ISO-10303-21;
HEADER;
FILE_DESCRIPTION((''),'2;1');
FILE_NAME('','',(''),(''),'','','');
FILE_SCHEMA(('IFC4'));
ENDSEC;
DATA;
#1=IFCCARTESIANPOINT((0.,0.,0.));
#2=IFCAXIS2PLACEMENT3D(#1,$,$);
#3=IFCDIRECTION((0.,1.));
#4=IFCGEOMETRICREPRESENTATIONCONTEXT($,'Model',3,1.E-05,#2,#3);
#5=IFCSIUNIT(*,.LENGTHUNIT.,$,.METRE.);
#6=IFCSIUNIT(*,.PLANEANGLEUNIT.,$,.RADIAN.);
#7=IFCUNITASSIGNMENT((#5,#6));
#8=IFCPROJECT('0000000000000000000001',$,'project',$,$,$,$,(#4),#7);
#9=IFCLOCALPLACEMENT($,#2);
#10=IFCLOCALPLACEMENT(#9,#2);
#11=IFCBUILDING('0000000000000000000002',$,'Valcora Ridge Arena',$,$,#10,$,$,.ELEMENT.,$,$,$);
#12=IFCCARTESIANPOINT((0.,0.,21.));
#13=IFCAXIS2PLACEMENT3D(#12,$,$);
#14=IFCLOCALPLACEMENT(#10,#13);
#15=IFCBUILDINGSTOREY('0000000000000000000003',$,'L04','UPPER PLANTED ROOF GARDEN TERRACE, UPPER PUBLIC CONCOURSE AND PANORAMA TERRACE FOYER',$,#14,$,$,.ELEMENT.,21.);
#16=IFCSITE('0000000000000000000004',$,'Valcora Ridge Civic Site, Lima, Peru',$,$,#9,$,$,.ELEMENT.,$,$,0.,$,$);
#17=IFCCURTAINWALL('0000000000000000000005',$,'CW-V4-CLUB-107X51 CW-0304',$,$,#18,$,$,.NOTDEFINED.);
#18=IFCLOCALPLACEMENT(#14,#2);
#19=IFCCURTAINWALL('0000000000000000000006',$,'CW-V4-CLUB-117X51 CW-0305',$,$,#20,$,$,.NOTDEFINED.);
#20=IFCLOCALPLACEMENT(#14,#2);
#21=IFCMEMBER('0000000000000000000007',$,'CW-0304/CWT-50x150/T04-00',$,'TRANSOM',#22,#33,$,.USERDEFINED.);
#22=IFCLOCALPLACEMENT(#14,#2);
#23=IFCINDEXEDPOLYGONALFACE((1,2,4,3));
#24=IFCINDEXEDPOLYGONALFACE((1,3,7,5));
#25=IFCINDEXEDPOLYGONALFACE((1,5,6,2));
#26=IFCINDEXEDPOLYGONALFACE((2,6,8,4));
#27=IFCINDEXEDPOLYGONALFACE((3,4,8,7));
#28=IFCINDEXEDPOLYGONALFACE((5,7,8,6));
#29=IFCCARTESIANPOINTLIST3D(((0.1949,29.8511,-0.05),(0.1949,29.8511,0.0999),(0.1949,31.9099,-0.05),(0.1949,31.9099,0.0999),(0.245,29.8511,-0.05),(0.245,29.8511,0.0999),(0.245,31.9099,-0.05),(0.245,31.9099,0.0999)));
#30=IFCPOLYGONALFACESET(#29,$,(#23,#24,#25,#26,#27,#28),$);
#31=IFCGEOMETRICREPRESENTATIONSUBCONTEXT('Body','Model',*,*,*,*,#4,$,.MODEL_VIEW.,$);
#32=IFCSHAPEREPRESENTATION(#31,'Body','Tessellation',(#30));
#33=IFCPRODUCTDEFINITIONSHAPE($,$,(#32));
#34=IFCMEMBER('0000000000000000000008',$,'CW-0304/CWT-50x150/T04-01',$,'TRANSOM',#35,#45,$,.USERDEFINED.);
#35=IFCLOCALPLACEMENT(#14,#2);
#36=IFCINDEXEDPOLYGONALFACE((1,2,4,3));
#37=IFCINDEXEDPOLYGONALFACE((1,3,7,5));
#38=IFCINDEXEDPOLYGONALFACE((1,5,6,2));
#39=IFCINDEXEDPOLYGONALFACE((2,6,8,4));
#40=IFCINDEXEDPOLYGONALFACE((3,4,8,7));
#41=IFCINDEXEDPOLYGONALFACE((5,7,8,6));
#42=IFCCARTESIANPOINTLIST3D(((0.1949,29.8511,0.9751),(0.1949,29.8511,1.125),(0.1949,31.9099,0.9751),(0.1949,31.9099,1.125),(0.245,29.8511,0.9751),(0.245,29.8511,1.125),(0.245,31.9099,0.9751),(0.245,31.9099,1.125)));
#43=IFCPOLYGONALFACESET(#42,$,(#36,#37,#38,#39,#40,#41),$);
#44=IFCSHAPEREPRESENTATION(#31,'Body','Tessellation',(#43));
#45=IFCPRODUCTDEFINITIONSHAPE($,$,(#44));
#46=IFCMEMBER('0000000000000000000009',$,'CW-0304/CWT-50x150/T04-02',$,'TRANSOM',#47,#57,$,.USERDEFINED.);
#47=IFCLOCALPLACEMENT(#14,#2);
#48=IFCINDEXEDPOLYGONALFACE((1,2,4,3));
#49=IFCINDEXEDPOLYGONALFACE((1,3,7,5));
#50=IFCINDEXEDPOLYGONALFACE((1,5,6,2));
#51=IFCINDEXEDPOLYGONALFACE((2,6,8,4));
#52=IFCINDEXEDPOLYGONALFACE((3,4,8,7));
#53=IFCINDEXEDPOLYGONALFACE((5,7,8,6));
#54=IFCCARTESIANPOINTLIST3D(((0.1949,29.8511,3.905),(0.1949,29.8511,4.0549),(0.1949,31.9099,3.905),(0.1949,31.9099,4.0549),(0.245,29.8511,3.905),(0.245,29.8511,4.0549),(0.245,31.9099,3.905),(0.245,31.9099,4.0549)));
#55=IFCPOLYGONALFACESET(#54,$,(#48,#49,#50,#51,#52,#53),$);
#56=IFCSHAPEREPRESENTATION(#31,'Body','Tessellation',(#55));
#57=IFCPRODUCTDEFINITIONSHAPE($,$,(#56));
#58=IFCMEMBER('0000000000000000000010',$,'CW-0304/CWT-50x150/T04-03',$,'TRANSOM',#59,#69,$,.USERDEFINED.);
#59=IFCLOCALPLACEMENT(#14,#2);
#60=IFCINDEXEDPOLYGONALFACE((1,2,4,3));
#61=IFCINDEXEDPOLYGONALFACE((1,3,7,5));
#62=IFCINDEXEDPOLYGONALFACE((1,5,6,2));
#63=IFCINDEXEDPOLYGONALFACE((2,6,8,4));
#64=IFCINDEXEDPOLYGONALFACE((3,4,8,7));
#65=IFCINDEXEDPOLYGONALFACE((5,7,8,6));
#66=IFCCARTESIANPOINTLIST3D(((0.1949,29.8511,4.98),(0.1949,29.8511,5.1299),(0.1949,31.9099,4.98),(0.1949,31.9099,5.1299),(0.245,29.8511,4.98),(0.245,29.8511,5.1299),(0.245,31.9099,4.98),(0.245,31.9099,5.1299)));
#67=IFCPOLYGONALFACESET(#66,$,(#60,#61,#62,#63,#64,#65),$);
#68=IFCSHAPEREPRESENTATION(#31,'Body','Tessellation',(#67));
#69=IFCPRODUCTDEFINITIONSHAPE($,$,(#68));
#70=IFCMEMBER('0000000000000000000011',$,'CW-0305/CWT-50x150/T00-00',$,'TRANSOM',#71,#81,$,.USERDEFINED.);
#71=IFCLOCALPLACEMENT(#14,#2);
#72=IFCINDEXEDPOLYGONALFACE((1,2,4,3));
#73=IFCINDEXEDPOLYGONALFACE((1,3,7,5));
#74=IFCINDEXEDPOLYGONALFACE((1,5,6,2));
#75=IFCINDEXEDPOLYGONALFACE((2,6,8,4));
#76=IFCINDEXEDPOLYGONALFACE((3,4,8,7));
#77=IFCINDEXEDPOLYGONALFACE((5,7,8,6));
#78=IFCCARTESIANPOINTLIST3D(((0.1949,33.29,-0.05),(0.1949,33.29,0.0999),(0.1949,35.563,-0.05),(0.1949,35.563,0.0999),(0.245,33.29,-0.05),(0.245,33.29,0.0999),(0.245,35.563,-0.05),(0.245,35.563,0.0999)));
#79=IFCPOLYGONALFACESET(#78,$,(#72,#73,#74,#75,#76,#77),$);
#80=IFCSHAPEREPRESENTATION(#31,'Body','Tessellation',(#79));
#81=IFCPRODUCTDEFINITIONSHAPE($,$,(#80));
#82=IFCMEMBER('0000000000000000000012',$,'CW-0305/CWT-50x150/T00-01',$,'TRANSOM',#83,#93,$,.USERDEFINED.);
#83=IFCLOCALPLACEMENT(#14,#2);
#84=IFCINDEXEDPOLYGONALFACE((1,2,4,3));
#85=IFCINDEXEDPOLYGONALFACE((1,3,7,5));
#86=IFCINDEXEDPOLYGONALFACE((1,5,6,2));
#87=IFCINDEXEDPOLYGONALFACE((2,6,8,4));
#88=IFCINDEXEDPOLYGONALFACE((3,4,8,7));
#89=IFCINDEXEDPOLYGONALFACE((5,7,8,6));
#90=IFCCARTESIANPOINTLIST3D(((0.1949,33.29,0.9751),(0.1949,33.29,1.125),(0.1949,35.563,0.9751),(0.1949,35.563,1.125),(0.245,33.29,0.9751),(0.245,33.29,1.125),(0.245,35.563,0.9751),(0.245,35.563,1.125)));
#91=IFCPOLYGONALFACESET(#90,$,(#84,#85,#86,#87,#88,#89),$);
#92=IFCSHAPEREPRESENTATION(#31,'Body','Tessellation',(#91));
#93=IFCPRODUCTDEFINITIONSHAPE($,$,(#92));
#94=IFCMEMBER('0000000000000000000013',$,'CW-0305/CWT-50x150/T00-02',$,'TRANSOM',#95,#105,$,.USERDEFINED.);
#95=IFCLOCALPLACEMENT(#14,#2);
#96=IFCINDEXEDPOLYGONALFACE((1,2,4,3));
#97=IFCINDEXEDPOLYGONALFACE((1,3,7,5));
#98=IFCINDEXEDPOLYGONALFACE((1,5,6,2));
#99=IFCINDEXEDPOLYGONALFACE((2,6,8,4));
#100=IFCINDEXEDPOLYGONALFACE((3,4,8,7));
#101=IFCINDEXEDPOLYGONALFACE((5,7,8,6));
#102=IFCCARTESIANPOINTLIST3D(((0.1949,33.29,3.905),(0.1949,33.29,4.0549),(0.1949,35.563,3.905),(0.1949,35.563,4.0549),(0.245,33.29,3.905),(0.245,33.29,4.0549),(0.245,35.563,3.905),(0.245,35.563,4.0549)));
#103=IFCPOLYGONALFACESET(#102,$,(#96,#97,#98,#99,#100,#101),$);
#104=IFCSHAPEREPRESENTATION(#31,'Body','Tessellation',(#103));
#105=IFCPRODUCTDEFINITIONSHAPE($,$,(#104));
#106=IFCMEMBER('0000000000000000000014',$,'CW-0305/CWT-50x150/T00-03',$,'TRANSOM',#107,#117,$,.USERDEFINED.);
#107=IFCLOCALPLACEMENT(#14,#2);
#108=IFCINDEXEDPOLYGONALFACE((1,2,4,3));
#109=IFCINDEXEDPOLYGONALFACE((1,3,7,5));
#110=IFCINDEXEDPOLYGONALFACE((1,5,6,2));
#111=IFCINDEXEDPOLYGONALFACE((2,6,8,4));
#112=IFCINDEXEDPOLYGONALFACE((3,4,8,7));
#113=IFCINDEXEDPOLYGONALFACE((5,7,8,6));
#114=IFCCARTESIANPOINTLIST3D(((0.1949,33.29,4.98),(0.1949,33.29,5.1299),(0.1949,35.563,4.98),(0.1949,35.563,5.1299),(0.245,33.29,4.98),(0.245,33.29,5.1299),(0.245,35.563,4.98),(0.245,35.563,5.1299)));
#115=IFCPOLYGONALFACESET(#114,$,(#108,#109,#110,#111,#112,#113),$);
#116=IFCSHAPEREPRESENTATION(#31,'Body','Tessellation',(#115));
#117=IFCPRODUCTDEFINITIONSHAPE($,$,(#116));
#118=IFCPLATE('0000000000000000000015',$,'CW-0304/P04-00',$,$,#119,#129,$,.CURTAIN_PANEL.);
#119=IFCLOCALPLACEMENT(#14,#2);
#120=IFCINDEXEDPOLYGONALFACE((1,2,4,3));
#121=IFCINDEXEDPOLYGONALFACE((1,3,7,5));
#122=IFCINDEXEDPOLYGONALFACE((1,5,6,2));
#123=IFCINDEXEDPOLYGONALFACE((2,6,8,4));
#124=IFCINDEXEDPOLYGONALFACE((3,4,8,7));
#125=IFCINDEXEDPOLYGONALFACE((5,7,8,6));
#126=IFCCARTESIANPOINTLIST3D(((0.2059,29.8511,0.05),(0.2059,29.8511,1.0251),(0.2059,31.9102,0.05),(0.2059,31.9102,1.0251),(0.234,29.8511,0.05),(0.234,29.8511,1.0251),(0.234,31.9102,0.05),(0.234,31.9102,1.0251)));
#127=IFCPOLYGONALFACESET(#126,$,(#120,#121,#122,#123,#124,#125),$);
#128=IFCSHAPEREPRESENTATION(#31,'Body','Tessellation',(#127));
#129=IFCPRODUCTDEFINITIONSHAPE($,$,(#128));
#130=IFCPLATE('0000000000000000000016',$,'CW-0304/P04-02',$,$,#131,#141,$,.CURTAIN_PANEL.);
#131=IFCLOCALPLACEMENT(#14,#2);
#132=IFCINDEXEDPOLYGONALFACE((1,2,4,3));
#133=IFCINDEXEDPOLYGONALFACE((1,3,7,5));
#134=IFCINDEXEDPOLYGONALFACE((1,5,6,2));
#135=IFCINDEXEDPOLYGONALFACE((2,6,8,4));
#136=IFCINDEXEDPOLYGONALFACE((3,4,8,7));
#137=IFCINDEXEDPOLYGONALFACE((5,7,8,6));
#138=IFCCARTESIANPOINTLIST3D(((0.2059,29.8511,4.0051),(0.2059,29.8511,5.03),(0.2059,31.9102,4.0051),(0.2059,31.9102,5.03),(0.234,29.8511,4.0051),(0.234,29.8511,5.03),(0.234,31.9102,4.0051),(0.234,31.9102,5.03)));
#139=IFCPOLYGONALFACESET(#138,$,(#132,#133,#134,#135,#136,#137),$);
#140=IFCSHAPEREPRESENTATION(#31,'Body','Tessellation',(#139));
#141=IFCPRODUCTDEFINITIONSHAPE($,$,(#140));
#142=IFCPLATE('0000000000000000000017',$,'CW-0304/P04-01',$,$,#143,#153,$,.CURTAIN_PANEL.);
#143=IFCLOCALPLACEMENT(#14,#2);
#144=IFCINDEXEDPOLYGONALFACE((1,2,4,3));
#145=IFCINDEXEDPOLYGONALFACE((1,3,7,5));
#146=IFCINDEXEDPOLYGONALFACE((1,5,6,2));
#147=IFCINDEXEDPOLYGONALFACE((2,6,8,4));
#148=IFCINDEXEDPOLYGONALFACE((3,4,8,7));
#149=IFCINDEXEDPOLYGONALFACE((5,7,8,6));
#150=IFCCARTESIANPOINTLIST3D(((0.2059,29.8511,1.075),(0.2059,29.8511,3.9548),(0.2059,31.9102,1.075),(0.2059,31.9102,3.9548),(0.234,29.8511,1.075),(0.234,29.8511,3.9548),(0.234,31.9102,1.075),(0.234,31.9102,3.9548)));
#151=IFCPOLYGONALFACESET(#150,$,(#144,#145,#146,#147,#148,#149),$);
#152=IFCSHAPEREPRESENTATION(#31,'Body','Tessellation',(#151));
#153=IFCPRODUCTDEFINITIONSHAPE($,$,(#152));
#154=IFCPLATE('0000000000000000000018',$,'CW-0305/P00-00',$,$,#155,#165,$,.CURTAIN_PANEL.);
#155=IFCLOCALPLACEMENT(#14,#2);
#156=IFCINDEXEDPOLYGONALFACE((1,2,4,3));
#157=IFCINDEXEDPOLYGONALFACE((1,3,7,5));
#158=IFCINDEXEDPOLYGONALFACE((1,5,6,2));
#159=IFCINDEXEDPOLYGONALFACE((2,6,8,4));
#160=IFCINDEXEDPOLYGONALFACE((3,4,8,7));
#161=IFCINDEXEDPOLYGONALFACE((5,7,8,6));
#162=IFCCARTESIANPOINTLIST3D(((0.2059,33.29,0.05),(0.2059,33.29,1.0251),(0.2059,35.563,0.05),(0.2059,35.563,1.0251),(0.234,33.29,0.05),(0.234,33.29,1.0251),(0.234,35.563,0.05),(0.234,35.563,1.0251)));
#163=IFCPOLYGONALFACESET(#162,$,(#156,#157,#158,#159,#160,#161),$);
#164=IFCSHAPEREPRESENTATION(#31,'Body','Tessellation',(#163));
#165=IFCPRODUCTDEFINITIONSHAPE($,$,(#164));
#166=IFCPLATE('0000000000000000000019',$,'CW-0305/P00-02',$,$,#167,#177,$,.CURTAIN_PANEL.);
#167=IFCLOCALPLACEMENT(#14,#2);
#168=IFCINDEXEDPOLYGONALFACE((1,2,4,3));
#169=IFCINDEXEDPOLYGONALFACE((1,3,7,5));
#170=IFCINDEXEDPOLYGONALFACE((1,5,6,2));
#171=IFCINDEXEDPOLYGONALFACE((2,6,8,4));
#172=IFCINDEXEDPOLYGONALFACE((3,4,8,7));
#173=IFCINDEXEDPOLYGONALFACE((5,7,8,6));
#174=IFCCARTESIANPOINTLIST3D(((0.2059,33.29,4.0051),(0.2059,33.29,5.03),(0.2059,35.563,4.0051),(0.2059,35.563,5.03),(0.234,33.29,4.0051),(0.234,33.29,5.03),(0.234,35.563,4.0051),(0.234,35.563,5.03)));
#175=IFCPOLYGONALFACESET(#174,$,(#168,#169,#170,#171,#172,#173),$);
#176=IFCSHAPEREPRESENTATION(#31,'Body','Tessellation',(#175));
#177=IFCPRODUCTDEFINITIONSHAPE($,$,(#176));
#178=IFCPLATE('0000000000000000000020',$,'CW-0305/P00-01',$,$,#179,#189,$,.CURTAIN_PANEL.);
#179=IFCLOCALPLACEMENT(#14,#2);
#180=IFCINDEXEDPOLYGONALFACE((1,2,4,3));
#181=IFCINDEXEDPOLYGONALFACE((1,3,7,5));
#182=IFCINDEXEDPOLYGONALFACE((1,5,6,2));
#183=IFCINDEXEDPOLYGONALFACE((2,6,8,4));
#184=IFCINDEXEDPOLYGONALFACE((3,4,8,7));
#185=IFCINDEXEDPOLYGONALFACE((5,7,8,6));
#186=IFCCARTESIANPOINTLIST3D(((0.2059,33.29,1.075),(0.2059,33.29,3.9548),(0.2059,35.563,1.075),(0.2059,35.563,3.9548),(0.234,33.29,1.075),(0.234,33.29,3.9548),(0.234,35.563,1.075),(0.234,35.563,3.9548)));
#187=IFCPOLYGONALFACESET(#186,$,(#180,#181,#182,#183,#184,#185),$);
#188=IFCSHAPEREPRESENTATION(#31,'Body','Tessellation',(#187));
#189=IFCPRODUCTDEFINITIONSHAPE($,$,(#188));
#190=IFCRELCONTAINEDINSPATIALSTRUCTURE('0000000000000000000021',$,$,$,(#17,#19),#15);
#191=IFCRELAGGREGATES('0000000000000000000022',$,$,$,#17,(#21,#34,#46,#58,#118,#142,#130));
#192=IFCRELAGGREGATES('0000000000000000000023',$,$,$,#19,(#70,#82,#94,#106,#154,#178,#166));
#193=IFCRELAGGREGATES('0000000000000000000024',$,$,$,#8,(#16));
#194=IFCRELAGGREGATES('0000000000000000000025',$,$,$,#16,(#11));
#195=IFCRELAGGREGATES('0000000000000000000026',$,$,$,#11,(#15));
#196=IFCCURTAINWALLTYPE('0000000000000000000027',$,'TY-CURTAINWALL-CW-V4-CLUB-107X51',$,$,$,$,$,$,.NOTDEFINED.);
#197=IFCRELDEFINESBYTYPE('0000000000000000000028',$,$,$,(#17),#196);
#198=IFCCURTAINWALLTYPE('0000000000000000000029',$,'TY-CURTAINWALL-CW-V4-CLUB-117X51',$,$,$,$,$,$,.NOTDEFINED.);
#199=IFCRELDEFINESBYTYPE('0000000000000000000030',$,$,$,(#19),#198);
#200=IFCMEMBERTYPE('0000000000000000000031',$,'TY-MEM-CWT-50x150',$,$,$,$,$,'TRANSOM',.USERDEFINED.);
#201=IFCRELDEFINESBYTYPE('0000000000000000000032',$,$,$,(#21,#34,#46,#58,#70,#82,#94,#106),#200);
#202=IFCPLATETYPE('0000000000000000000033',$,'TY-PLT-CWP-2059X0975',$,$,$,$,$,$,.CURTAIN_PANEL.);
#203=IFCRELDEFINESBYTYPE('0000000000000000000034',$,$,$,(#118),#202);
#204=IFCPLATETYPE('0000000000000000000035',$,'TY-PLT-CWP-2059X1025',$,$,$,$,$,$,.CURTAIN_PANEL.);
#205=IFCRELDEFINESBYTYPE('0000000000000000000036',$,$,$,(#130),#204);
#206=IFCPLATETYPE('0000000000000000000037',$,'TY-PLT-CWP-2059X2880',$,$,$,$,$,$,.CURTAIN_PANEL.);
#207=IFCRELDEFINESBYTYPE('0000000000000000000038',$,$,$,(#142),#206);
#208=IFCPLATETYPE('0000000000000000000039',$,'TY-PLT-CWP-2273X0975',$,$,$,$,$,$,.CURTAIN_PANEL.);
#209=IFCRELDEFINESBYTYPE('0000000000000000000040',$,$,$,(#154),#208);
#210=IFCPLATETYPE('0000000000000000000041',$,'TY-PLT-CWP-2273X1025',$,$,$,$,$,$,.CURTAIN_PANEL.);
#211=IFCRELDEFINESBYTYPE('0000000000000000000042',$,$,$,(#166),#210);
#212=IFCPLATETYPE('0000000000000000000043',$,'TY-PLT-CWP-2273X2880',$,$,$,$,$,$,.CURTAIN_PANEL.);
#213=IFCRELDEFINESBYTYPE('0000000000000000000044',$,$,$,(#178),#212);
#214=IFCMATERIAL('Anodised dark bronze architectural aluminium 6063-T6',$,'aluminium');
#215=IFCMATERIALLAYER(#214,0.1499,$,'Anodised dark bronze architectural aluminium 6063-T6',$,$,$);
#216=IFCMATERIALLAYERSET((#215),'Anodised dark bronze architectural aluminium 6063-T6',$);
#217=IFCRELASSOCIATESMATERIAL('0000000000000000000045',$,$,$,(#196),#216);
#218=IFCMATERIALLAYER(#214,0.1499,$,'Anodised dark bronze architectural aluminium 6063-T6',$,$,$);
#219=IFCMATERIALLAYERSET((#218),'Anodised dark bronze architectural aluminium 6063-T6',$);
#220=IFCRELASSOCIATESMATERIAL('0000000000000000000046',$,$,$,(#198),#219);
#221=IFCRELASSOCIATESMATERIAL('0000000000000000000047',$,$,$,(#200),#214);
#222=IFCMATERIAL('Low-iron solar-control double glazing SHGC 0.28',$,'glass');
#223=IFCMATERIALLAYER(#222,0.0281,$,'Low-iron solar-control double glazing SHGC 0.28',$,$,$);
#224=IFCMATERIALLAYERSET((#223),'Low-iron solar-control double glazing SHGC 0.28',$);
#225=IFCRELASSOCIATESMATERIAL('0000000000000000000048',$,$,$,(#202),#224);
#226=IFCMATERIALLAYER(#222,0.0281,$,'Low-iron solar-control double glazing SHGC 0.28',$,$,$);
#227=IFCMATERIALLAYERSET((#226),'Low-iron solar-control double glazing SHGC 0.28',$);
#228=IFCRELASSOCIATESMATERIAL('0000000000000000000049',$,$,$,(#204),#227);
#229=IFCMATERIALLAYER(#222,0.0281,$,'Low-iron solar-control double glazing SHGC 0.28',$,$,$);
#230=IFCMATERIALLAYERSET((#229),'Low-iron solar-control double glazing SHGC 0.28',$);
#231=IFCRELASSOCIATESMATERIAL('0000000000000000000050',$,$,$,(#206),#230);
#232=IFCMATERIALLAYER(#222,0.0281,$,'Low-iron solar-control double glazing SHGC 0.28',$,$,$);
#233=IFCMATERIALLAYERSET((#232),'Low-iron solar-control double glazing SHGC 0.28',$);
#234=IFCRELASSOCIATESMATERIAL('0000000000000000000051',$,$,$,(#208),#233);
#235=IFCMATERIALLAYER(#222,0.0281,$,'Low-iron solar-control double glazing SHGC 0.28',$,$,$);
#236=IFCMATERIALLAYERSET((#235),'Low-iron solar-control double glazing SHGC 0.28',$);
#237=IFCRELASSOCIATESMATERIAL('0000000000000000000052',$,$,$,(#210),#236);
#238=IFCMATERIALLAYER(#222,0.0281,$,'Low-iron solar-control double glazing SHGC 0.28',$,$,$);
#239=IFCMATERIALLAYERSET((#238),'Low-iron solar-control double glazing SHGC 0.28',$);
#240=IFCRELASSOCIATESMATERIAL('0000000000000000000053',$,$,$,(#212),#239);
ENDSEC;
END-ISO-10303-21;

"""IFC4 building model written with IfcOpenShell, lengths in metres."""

from ifc_helpers import new_model, si_unit, direction, frame, origin, origin_2d, place, context, subcontext, project, spatial, rectangle, extrude, material, layer, layer_set, material_profile, profile_set, type_object, element, aggregate, save


model = new_model("IFC4")

# Units and contexts
model_context = context("Model", 3, precision=1e-05, world=origin(), true_north=direction((0.0, 1.0)))
body_context = subcontext(model_context, "Body", "Model", "MODEL_VIEW")
ifc_project = project(units=[si_unit("LENGTHUNIT", "METRE"), si_unit("PLANEANGLEUNIT", "RADIAN")], contexts=[model_context])

# Site, building, storey
site_placement = place(None, origin())
site = spatial("IfcSite", under=ifc_project, at=site_placement, Name="Valcora Ridge Civic Site, Lima, Peru", CompositionType="ELEMENT", RefElevation=0.0)
building_placement = place(site_placement, origin())
building = spatial("IfcBuilding", under=site, at=building_placement, Name="Valcora Ridge Arena", CompositionType="ELEMENT")
storey_placement = place(building_placement, frame((0.0, 0.0, 21.0)))
storey = spatial("IfcBuildingStorey", under=building, at=storey_placement, Name="L04", Description="UPPER PLANTED ROOF GARDEN TERRACE, UPPER PUBLIC CONCOURSE AND PANORAMA TERRACE FOYER", CompositionType="ELEMENT", Elevation=21.0)

# Curtain wall
ifc_material_1 = material(Name="Anodised dark bronze architectural aluminium 6063-T6", Category="aluminium")
ifc_layer_1 = layer(ifc_material_1, 0.1499, Name="Anodised dark bronze architectural aluminium 6063-T6")
ifc_layer_set_1 = layer_set([ifc_layer_1], Name="Anodised dark bronze architectural aluminium 6063-T6")
curtain_wall_type_1 = type_object("IfcCurtainWallType", Name="TY-CURTAINWALL-CW-V4-CLUB-107X51", PredefinedType="NOTDEFINED", material=ifc_layer_set_1)
curtain_wall_1_placement = place(storey_placement, origin())
curtain_wall_1 = element("IfcCurtainWall", 1, at=curtain_wall_1_placement, inside=storey, type_object=curtain_wall_type_1, Name="CW-V4-CLUB-107X51 CW-0304", PredefinedType="NOTDEFINED")

# Curtain wall
ifc_layer_2 = layer(ifc_material_1, 0.1499, Name="Anodised dark bronze architectural aluminium 6063-T6")
ifc_layer_set_2 = layer_set([ifc_layer_2], Name="Anodised dark bronze architectural aluminium 6063-T6")
curtain_wall_type_2 = type_object("IfcCurtainWallType", Name="TY-CURTAINWALL-CW-V4-CLUB-117X51", PredefinedType="NOTDEFINED", material=ifc_layer_set_2)
curtain_wall_2_placement = place(storey_placement, origin())
curtain_wall_2 = element("IfcCurtainWall", 2, at=curtain_wall_2_placement, inside=storey, type_object=curtain_wall_type_2, Name="CW-V4-CLUB-117X51 CW-0305", PredefinedType="NOTDEFINED")

# Members
ifc_material_profile_1 = material_profile(ifc_material_1, rectangle(XDim=0.05, YDim=0.1499, at=origin_2d()), Name="ALU TRANSOM 50x150")
ifc_profile_set_1 = profile_set([ifc_material_profile_1], Name="Anodised dark bronze architectural aluminium 6063-T6")
member_type_1 = type_object("IfcMemberType", Name="TY-MEM-CWT-50x150", ElementType="TRANSOM", PredefinedType="USERDEFINED", material=ifc_profile_set_1)
member_1_placement = place(storey_placement, frame((0.22, 29.8511, 0.0249), z_axis=(0.0, 1.0, 0.0), x_axis=(-1.0, 0.0, 0.0)))
member_1 = element("IfcMember", 3, at=member_1_placement, type_object=member_type_1, Name="CW-0304/CWT-50x150/T04-00", ObjectType="TRANSOM", PredefinedType="USERDEFINED", context=body_context, shape_type="SweptSolid", body=[
    extrude(rectangle(XDim=0.05, YDim=0.1499, at=origin_2d()), origin(), (0.0, 0.0, 1.0), 2.0588),
])
member_2_placement = place(storey_placement, frame((0.22, 29.8511, 1.05), z_axis=(0.0, 1.0, 0.0), x_axis=(-1.0, 0.0, 0.0)))
member_2 = element("IfcMember", 4, at=member_2_placement, type_object=member_type_1, Name="CW-0304/CWT-50x150/T04-01", ObjectType="TRANSOM", PredefinedType="USERDEFINED", context=body_context, shape_type="SweptSolid", body=[
    extrude(rectangle(XDim=0.05, YDim=0.1499, at=origin_2d()), origin(), (0.0, 0.0, 1.0), 2.0588),
])
member_3_placement = place(storey_placement, frame((0.22, 29.8511, 3.98), z_axis=(0.0, 1.0, 0.0), x_axis=(-1.0, 0.0, 0.0)))
member_3 = element("IfcMember", 5, at=member_3_placement, type_object=member_type_1, Name="CW-0304/CWT-50x150/T04-02", ObjectType="TRANSOM", PredefinedType="USERDEFINED", context=body_context, shape_type="SweptSolid", body=[
    extrude(rectangle(XDim=0.05, YDim=0.1499, at=origin_2d()), origin(), (0.0, 0.0, 1.0), 2.0588),
])
member_4_placement = place(storey_placement, frame((0.22, 29.8511, 5.0549), z_axis=(0.0, 1.0, 0.0), x_axis=(-1.0, 0.0, 0.0)))
member_4 = element("IfcMember", 6, at=member_4_placement, type_object=member_type_1, Name="CW-0304/CWT-50x150/T04-03", ObjectType="TRANSOM", PredefinedType="USERDEFINED", context=body_context, shape_type="SweptSolid", body=[
    extrude(rectangle(XDim=0.05, YDim=0.1499, at=origin_2d()), origin(), (0.0, 0.0, 1.0), 2.0588),
])
member_5_placement = place(storey_placement, frame((0.22, 33.29, 0.0249), z_axis=(0.0, 1.0, 0.0), x_axis=(-1.0, 0.0, 0.0)))
member_5 = element("IfcMember", 7, at=member_5_placement, type_object=member_type_1, Name="CW-0305/CWT-50x150/T00-00", ObjectType="TRANSOM", PredefinedType="USERDEFINED", context=body_context, shape_type="SweptSolid", body=[
    extrude(rectangle(XDim=0.05, YDim=0.1499, at=origin_2d()), origin(), (0.0, 0.0, 1.0), 2.2729),
])
member_6_placement = place(storey_placement, frame((0.22, 33.29, 1.05), z_axis=(0.0, 1.0, 0.0), x_axis=(-1.0, 0.0, 0.0)))
member_6 = element("IfcMember", 8, at=member_6_placement, type_object=member_type_1, Name="CW-0305/CWT-50x150/T00-01", ObjectType="TRANSOM", PredefinedType="USERDEFINED", context=body_context, shape_type="SweptSolid", body=[
    extrude(rectangle(XDim=0.05, YDim=0.1499, at=origin_2d()), origin(), (0.0, 0.0, 1.0), 2.2729),
])
member_7_placement = place(storey_placement, frame((0.22, 33.29, 3.98), z_axis=(0.0, 1.0, 0.0), x_axis=(-1.0, 0.0, 0.0)))
member_7 = element("IfcMember", 9, at=member_7_placement, type_object=member_type_1, Name="CW-0305/CWT-50x150/T00-02", ObjectType="TRANSOM", PredefinedType="USERDEFINED", context=body_context, shape_type="SweptSolid", body=[
    extrude(rectangle(XDim=0.05, YDim=0.1499, at=origin_2d()), origin(), (0.0, 0.0, 1.0), 2.2729),
])
member_8_placement = place(storey_placement, frame((0.22, 33.29, 5.0549), z_axis=(0.0, 1.0, 0.0), x_axis=(-1.0, 0.0, 0.0)))
member_8 = element("IfcMember", 10, at=member_8_placement, type_object=member_type_1, Name="CW-0305/CWT-50x150/T00-03", ObjectType="TRANSOM", PredefinedType="USERDEFINED", context=body_context, shape_type="SweptSolid", body=[
    extrude(rectangle(XDim=0.05, YDim=0.1499, at=origin_2d()), origin(), (0.0, 0.0, 1.0), 2.2729),
])

# Plates
ifc_material_2 = material(Name="Low-iron solar-control double glazing SHGC 0.28", Category="glass")
ifc_layer_3 = layer(ifc_material_2, 0.0281, Name="Low-iron solar-control double glazing SHGC 0.28")
ifc_layer_set_3 = layer_set([ifc_layer_3], Name="Low-iron solar-control double glazing SHGC 0.28")
plate_type_1 = type_object("IfcPlateType", Name="TY-PLT-CWP-2059X0975", PredefinedType="CURTAIN_PANEL", material=ifc_layer_set_3)
plate_1_placement = place(storey_placement, frame((0.22, 30.8806, 0.05), z_axis=(0.0, 0.0, 1.0), x_axis=(0.0, 1.0, 0.0)))
plate_1 = element("IfcPlate", 11, at=plate_1_placement, type_object=plate_type_1, Name="CW-0304/P04-00", PredefinedType="CURTAIN_PANEL", context=body_context, shape_type="SweptSolid", body=[
    extrude(rectangle(XDim=2.0591, YDim=0.0281, at=origin_2d()), origin(), (0.0, 0.0, 1.0), 0.9751),
])
ifc_layer_4 = layer(ifc_material_2, 0.0281, Name="Low-iron solar-control double glazing SHGC 0.28")
ifc_layer_set_4 = layer_set([ifc_layer_4], Name="Low-iron solar-control double glazing SHGC 0.28")
plate_type_2 = type_object("IfcPlateType", Name="TY-PLT-CWP-2059X1025", PredefinedType="CURTAIN_PANEL", material=ifc_layer_set_4)
plate_2_placement = place(storey_placement, frame((0.22, 30.8806, 4.0051), z_axis=(0.0, 0.0, 1.0), x_axis=(0.0, 1.0, 0.0)))
plate_2 = element("IfcPlate", 12, at=plate_2_placement, type_object=plate_type_2, Name="CW-0304/P04-02", PredefinedType="CURTAIN_PANEL", context=body_context, shape_type="SweptSolid", body=[
    extrude(rectangle(XDim=2.0591, YDim=0.0281, at=origin_2d()), origin(), (0.0, 0.0, 1.0), 1.0249),
])
ifc_layer_5 = layer(ifc_material_2, 0.0281, Name="Low-iron solar-control double glazing SHGC 0.28")
ifc_layer_set_5 = layer_set([ifc_layer_5], Name="Low-iron solar-control double glazing SHGC 0.28")
plate_type_3 = type_object("IfcPlateType", Name="TY-PLT-CWP-2059X2880", PredefinedType="CURTAIN_PANEL", material=ifc_layer_set_5)
plate_3_placement = place(storey_placement, frame((0.22, 30.8806, 1.075), z_axis=(0.0, 0.0, 1.0), x_axis=(0.0, 1.0, 0.0)))
plate_3 = element("IfcPlate", 13, at=plate_3_placement, type_object=plate_type_3, Name="CW-0304/P04-01", PredefinedType="CURTAIN_PANEL", context=body_context, shape_type="SweptSolid", body=[
    extrude(rectangle(XDim=2.0591, YDim=0.0281, at=origin_2d()), origin(), (0.0, 0.0, 1.0), 2.8799),
])
aggregate(curtain_wall_1, [member_1, member_2, member_3, member_4, plate_1, plate_3, plate_2])
ifc_layer_6 = layer(ifc_material_2, 0.0281, Name="Low-iron solar-control double glazing SHGC 0.28")
ifc_layer_set_6 = layer_set([ifc_layer_6], Name="Low-iron solar-control double glazing SHGC 0.28")
plate_type_4 = type_object("IfcPlateType", Name="TY-PLT-CWP-2273X0975", PredefinedType="CURTAIN_PANEL", material=ifc_layer_set_6)
plate_4_placement = place(storey_placement, frame((0.22, 34.4265, 0.05), z_axis=(0.0, 0.0, 1.0), x_axis=(0.0, 1.0, 0.0)))
plate_4 = element("IfcPlate", 14, at=plate_4_placement, type_object=plate_type_4, Name="CW-0305/P00-00", PredefinedType="CURTAIN_PANEL", context=body_context, shape_type="SweptSolid", body=[
    extrude(rectangle(XDim=2.2729, YDim=0.0281, at=origin_2d()), origin(), (0.0, 0.0, 1.0), 0.9751),
])
ifc_layer_7 = layer(ifc_material_2, 0.0281, Name="Low-iron solar-control double glazing SHGC 0.28")
ifc_layer_set_7 = layer_set([ifc_layer_7], Name="Low-iron solar-control double glazing SHGC 0.28")
plate_type_5 = type_object("IfcPlateType", Name="TY-PLT-CWP-2273X1025", PredefinedType="CURTAIN_PANEL", material=ifc_layer_set_7)
plate_5_placement = place(storey_placement, frame((0.22, 34.4265, 4.0051), z_axis=(0.0, 0.0, 1.0), x_axis=(0.0, 1.0, 0.0)))
plate_5 = element("IfcPlate", 15, at=plate_5_placement, type_object=plate_type_5, Name="CW-0305/P00-02", PredefinedType="CURTAIN_PANEL", context=body_context, shape_type="SweptSolid", body=[
    extrude(rectangle(XDim=2.2729, YDim=0.0281, at=origin_2d()), origin(), (0.0, 0.0, 1.0), 1.0249),
])
ifc_layer_8 = layer(ifc_material_2, 0.0281, Name="Low-iron solar-control double glazing SHGC 0.28")
ifc_layer_set_8 = layer_set([ifc_layer_8], Name="Low-iron solar-control double glazing SHGC 0.28")
plate_type_6 = type_object("IfcPlateType", Name="TY-PLT-CWP-2273X2880", PredefinedType="CURTAIN_PANEL", material=ifc_layer_set_8)
plate_6_placement = place(storey_placement, frame((0.22, 34.4265, 1.075), z_axis=(0.0, 0.0, 1.0), x_axis=(0.0, 1.0, 0.0)))
plate_6 = element("IfcPlate", 16, at=plate_6_placement, type_object=plate_type_6, Name="CW-0305/P00-01", PredefinedType="CURTAIN_PANEL", context=body_context, shape_type="SweptSolid", body=[
    extrude(rectangle(XDim=2.2729, YDim=0.0281, at=origin_2d()), origin(), (0.0, 0.0, 1.0), 2.8799),
])
aggregate(curtain_wall_2, [member_5, member_6, member_7, member_8, plate_4, plate_6, plate_5])

save(model, "model.ifc")
